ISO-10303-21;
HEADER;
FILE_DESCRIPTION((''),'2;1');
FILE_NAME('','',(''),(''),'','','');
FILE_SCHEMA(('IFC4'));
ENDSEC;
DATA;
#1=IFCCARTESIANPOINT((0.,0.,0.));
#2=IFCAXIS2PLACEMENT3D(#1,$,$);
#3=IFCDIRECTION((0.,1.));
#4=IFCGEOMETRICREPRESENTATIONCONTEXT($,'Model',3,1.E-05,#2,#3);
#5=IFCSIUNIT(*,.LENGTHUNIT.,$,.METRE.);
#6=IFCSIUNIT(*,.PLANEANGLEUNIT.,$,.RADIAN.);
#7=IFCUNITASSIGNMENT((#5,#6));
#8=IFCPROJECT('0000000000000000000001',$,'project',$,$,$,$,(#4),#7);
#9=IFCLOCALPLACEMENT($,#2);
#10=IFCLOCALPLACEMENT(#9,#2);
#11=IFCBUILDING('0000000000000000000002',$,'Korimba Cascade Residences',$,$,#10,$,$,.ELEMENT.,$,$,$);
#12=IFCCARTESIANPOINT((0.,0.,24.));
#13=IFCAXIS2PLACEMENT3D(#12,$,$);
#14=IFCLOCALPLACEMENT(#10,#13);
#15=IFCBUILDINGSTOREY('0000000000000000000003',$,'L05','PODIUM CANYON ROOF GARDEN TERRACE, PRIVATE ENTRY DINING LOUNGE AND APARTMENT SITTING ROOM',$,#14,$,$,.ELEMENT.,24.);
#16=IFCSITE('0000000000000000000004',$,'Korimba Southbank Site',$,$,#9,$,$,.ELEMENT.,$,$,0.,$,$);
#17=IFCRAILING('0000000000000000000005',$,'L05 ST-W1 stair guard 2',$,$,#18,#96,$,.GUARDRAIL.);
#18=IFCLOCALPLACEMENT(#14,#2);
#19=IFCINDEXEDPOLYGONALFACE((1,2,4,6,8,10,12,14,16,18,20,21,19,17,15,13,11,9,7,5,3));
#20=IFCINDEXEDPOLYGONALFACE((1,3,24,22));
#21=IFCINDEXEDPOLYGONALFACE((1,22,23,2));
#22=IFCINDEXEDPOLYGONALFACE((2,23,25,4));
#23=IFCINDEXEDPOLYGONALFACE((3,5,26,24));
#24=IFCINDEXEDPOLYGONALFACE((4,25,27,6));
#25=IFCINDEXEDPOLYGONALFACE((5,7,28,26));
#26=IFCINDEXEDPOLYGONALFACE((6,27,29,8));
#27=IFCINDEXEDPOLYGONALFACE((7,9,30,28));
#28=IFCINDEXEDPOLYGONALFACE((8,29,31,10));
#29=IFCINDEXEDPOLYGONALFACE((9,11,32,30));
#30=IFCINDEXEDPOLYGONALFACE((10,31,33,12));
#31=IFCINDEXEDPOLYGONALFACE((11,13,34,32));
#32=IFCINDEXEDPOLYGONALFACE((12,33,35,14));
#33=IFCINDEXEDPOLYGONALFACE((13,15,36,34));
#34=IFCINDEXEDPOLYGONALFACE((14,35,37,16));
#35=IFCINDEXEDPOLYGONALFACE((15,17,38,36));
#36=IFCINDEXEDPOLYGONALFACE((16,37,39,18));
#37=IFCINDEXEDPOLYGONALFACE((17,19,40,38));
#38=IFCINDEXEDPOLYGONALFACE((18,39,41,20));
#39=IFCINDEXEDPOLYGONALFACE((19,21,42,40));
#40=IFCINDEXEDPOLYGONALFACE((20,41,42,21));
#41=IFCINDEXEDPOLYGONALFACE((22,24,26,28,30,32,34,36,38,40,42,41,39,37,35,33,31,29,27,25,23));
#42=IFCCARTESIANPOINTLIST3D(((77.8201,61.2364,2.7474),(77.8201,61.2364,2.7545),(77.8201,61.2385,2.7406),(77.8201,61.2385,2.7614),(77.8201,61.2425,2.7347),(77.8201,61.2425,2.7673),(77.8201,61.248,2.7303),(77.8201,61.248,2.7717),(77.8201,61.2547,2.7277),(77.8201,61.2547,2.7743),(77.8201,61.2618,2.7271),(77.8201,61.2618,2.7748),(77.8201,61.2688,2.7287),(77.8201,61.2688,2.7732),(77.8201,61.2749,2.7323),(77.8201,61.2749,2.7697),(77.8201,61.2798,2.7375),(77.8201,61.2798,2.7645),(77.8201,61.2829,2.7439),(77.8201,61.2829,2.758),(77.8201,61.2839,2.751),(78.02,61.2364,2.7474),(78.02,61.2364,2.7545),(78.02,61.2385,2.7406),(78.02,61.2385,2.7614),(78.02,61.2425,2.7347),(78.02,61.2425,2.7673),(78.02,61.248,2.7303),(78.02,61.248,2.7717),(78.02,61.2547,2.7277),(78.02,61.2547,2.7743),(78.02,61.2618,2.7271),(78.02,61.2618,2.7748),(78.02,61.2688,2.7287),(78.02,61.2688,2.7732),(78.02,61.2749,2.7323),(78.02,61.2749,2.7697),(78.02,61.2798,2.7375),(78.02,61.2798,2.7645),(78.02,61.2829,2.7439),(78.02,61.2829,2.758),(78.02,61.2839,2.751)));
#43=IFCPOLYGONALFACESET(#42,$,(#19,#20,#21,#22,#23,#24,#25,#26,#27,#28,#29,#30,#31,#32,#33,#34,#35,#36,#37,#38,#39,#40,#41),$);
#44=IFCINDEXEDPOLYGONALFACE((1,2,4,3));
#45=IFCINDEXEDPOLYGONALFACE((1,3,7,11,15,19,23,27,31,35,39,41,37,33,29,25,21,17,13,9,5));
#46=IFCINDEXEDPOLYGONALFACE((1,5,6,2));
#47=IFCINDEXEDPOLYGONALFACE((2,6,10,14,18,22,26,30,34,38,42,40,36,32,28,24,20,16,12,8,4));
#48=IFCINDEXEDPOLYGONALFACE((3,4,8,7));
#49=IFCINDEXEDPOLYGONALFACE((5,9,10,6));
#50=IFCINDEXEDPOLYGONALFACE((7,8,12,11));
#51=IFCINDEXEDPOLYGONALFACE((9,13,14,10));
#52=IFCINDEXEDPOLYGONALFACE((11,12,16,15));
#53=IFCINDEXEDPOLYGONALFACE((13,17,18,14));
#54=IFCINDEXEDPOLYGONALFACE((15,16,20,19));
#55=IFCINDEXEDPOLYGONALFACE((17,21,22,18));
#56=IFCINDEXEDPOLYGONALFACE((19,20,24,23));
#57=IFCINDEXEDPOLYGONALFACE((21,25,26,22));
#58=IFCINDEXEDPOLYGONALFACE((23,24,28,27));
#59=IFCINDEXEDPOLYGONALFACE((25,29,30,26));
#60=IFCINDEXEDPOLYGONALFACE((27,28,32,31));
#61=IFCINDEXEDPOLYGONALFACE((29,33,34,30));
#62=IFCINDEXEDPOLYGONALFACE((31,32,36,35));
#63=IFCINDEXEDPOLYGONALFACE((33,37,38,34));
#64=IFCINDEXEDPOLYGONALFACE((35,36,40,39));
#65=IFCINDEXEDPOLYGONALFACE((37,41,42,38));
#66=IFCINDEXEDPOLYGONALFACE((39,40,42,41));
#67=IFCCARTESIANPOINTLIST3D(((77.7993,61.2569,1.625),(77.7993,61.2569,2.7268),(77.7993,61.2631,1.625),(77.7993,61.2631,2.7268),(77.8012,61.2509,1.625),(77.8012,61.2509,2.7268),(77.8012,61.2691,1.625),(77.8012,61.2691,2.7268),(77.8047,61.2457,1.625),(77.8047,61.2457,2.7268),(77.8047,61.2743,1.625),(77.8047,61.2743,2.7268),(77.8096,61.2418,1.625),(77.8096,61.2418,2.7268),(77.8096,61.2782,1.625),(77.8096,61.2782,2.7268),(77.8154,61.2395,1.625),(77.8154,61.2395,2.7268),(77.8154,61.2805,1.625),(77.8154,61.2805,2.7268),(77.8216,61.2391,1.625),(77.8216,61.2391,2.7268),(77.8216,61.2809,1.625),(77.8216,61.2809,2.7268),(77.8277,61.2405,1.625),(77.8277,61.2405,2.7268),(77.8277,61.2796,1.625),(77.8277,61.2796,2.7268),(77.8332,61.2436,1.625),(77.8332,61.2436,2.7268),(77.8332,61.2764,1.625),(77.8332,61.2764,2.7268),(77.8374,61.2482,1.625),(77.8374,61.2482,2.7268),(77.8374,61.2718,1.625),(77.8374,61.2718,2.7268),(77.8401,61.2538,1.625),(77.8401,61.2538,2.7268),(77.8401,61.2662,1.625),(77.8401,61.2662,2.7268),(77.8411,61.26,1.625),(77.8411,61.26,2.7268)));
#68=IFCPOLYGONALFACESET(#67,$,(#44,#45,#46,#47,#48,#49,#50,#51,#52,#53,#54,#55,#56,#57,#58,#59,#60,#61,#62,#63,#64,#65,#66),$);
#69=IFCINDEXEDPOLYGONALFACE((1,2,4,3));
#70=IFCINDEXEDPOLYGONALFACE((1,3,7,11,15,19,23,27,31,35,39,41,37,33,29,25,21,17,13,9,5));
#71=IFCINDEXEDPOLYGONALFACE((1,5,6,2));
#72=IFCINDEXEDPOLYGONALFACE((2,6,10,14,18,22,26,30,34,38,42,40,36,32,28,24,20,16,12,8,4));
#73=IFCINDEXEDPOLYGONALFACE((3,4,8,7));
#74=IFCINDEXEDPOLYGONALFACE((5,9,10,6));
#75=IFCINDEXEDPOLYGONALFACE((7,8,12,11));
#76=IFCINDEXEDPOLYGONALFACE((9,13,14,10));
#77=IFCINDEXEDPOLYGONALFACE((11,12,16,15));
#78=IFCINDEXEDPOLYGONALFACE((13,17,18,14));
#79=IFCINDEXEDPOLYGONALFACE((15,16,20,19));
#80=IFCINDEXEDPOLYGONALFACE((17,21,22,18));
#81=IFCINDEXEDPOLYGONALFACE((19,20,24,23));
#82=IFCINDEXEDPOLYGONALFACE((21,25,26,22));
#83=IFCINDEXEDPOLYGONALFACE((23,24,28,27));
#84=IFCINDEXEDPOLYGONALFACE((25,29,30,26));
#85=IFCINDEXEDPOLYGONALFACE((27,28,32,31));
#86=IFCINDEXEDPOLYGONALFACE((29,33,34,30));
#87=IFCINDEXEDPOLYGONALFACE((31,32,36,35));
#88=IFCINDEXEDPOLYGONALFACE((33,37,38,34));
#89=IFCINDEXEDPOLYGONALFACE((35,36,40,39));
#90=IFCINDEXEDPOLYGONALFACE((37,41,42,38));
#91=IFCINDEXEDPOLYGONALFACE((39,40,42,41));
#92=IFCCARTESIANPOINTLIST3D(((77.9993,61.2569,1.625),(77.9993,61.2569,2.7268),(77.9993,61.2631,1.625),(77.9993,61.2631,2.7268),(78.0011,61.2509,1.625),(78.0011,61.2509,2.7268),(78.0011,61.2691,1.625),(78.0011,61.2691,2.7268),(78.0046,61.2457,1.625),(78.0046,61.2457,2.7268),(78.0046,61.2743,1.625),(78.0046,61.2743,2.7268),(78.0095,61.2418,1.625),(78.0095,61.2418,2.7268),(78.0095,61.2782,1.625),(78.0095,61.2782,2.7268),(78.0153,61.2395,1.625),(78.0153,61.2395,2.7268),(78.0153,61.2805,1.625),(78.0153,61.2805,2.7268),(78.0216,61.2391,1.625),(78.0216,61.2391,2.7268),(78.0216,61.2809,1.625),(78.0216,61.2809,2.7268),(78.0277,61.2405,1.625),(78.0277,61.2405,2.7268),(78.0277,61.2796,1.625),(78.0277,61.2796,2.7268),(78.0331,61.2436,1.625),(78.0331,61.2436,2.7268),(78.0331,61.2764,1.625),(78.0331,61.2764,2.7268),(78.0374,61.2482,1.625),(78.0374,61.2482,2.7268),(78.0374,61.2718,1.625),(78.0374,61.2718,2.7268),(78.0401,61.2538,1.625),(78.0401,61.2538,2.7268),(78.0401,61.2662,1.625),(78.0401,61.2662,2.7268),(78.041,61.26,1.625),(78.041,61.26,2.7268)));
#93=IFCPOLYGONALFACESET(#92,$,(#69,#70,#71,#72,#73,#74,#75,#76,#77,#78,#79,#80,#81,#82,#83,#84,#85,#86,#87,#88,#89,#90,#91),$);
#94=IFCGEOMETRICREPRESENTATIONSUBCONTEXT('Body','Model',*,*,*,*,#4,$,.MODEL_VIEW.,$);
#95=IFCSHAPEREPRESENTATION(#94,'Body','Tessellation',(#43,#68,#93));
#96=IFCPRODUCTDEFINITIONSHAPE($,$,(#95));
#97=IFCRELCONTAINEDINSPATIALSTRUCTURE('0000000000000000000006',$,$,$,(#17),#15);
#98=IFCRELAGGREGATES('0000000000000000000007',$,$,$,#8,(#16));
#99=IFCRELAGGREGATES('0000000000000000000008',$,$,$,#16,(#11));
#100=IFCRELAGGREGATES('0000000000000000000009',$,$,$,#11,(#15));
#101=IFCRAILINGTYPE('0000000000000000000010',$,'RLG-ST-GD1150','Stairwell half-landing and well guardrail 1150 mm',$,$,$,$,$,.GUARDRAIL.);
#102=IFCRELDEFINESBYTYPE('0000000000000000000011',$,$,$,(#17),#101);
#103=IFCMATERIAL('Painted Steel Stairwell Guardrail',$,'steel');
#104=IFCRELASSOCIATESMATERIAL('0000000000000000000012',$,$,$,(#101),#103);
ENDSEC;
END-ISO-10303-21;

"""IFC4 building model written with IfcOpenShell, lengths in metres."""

from ifc_helpers import new_model, si_unit, direction, frame, origin, origin_2d, place, context, subcontext, project, spatial, circle, extrude, material, type_object, element, save


model = new_model("IFC4")

# Units and contexts
model_context = context("Model", 3, precision=1e-05, world=origin(), true_north=direction((0.0, 1.0)))
body_context = subcontext(model_context, "Body", "Model", "MODEL_VIEW")
ifc_project = project(units=[si_unit("LENGTHUNIT", "METRE"), si_unit("PLANEANGLEUNIT", "RADIAN")], contexts=[model_context])

# Site, building, storey
site_placement = place(None, origin())
site = spatial("IfcSite", under=ifc_project, at=site_placement, Name="Korimba Southbank Site", CompositionType="ELEMENT", RefElevation=0.0)
building_placement = place(site_placement, origin())
building = spatial("IfcBuilding", under=site, at=building_placement, Name="Korimba Cascade Residences", CompositionType="ELEMENT")
storey_placement = place(building_placement, frame((0.0, 0.0, 24.0)))
storey = spatial("IfcBuildingStorey", under=building, at=storey_placement, Name="L05", Description="PODIUM CANYON ROOF GARDEN TERRACE, PRIVATE ENTRY DINING LOUNGE AND APARTMENT SITTING ROOM", CompositionType="ELEMENT", Elevation=24.0)

# Railing
ifc_material_1 = material(Name="Painted Steel Stairwell Guardrail", Category="steel")
railing_type = type_object("IfcRailingType", Name="RLG-ST-GD1150", Description="Stairwell half-landing and well guardrail 1150 mm", PredefinedType="GUARDRAIL", material=ifc_material_1)
railing_1_placement = place(storey_placement, frame((77.8201, 61.26, 1.625)))
element("IfcRailing", 1, at=railing_1_placement, inside=storey, type_object=railing_type, Name="L05 ST-W1 stair guard 2", PredefinedType="GUARDRAIL", context=body_context, shape_type="SweptSolid", body=[
    extrude(circle(Radius=0.0239, at=origin_2d()), frame((0.0, 0.0, 1.126), z_axis=(1.0, 0.0, 0.0), x_axis=(0.0, 1.0, 0.0)), (0.0, 0.0, 1.0), 0.2),
    extrude(circle(Radius=0.021, at=origin_2d()), origin(), (0.0, 0.0, 1.0), 1.1018),
    extrude(circle(Radius=0.021, at=origin_2d()), frame((0.2, 0.0, 0.0)), (0.0, 0.0, 1.0), 1.1018),
])

save(model, "model.ifc")
